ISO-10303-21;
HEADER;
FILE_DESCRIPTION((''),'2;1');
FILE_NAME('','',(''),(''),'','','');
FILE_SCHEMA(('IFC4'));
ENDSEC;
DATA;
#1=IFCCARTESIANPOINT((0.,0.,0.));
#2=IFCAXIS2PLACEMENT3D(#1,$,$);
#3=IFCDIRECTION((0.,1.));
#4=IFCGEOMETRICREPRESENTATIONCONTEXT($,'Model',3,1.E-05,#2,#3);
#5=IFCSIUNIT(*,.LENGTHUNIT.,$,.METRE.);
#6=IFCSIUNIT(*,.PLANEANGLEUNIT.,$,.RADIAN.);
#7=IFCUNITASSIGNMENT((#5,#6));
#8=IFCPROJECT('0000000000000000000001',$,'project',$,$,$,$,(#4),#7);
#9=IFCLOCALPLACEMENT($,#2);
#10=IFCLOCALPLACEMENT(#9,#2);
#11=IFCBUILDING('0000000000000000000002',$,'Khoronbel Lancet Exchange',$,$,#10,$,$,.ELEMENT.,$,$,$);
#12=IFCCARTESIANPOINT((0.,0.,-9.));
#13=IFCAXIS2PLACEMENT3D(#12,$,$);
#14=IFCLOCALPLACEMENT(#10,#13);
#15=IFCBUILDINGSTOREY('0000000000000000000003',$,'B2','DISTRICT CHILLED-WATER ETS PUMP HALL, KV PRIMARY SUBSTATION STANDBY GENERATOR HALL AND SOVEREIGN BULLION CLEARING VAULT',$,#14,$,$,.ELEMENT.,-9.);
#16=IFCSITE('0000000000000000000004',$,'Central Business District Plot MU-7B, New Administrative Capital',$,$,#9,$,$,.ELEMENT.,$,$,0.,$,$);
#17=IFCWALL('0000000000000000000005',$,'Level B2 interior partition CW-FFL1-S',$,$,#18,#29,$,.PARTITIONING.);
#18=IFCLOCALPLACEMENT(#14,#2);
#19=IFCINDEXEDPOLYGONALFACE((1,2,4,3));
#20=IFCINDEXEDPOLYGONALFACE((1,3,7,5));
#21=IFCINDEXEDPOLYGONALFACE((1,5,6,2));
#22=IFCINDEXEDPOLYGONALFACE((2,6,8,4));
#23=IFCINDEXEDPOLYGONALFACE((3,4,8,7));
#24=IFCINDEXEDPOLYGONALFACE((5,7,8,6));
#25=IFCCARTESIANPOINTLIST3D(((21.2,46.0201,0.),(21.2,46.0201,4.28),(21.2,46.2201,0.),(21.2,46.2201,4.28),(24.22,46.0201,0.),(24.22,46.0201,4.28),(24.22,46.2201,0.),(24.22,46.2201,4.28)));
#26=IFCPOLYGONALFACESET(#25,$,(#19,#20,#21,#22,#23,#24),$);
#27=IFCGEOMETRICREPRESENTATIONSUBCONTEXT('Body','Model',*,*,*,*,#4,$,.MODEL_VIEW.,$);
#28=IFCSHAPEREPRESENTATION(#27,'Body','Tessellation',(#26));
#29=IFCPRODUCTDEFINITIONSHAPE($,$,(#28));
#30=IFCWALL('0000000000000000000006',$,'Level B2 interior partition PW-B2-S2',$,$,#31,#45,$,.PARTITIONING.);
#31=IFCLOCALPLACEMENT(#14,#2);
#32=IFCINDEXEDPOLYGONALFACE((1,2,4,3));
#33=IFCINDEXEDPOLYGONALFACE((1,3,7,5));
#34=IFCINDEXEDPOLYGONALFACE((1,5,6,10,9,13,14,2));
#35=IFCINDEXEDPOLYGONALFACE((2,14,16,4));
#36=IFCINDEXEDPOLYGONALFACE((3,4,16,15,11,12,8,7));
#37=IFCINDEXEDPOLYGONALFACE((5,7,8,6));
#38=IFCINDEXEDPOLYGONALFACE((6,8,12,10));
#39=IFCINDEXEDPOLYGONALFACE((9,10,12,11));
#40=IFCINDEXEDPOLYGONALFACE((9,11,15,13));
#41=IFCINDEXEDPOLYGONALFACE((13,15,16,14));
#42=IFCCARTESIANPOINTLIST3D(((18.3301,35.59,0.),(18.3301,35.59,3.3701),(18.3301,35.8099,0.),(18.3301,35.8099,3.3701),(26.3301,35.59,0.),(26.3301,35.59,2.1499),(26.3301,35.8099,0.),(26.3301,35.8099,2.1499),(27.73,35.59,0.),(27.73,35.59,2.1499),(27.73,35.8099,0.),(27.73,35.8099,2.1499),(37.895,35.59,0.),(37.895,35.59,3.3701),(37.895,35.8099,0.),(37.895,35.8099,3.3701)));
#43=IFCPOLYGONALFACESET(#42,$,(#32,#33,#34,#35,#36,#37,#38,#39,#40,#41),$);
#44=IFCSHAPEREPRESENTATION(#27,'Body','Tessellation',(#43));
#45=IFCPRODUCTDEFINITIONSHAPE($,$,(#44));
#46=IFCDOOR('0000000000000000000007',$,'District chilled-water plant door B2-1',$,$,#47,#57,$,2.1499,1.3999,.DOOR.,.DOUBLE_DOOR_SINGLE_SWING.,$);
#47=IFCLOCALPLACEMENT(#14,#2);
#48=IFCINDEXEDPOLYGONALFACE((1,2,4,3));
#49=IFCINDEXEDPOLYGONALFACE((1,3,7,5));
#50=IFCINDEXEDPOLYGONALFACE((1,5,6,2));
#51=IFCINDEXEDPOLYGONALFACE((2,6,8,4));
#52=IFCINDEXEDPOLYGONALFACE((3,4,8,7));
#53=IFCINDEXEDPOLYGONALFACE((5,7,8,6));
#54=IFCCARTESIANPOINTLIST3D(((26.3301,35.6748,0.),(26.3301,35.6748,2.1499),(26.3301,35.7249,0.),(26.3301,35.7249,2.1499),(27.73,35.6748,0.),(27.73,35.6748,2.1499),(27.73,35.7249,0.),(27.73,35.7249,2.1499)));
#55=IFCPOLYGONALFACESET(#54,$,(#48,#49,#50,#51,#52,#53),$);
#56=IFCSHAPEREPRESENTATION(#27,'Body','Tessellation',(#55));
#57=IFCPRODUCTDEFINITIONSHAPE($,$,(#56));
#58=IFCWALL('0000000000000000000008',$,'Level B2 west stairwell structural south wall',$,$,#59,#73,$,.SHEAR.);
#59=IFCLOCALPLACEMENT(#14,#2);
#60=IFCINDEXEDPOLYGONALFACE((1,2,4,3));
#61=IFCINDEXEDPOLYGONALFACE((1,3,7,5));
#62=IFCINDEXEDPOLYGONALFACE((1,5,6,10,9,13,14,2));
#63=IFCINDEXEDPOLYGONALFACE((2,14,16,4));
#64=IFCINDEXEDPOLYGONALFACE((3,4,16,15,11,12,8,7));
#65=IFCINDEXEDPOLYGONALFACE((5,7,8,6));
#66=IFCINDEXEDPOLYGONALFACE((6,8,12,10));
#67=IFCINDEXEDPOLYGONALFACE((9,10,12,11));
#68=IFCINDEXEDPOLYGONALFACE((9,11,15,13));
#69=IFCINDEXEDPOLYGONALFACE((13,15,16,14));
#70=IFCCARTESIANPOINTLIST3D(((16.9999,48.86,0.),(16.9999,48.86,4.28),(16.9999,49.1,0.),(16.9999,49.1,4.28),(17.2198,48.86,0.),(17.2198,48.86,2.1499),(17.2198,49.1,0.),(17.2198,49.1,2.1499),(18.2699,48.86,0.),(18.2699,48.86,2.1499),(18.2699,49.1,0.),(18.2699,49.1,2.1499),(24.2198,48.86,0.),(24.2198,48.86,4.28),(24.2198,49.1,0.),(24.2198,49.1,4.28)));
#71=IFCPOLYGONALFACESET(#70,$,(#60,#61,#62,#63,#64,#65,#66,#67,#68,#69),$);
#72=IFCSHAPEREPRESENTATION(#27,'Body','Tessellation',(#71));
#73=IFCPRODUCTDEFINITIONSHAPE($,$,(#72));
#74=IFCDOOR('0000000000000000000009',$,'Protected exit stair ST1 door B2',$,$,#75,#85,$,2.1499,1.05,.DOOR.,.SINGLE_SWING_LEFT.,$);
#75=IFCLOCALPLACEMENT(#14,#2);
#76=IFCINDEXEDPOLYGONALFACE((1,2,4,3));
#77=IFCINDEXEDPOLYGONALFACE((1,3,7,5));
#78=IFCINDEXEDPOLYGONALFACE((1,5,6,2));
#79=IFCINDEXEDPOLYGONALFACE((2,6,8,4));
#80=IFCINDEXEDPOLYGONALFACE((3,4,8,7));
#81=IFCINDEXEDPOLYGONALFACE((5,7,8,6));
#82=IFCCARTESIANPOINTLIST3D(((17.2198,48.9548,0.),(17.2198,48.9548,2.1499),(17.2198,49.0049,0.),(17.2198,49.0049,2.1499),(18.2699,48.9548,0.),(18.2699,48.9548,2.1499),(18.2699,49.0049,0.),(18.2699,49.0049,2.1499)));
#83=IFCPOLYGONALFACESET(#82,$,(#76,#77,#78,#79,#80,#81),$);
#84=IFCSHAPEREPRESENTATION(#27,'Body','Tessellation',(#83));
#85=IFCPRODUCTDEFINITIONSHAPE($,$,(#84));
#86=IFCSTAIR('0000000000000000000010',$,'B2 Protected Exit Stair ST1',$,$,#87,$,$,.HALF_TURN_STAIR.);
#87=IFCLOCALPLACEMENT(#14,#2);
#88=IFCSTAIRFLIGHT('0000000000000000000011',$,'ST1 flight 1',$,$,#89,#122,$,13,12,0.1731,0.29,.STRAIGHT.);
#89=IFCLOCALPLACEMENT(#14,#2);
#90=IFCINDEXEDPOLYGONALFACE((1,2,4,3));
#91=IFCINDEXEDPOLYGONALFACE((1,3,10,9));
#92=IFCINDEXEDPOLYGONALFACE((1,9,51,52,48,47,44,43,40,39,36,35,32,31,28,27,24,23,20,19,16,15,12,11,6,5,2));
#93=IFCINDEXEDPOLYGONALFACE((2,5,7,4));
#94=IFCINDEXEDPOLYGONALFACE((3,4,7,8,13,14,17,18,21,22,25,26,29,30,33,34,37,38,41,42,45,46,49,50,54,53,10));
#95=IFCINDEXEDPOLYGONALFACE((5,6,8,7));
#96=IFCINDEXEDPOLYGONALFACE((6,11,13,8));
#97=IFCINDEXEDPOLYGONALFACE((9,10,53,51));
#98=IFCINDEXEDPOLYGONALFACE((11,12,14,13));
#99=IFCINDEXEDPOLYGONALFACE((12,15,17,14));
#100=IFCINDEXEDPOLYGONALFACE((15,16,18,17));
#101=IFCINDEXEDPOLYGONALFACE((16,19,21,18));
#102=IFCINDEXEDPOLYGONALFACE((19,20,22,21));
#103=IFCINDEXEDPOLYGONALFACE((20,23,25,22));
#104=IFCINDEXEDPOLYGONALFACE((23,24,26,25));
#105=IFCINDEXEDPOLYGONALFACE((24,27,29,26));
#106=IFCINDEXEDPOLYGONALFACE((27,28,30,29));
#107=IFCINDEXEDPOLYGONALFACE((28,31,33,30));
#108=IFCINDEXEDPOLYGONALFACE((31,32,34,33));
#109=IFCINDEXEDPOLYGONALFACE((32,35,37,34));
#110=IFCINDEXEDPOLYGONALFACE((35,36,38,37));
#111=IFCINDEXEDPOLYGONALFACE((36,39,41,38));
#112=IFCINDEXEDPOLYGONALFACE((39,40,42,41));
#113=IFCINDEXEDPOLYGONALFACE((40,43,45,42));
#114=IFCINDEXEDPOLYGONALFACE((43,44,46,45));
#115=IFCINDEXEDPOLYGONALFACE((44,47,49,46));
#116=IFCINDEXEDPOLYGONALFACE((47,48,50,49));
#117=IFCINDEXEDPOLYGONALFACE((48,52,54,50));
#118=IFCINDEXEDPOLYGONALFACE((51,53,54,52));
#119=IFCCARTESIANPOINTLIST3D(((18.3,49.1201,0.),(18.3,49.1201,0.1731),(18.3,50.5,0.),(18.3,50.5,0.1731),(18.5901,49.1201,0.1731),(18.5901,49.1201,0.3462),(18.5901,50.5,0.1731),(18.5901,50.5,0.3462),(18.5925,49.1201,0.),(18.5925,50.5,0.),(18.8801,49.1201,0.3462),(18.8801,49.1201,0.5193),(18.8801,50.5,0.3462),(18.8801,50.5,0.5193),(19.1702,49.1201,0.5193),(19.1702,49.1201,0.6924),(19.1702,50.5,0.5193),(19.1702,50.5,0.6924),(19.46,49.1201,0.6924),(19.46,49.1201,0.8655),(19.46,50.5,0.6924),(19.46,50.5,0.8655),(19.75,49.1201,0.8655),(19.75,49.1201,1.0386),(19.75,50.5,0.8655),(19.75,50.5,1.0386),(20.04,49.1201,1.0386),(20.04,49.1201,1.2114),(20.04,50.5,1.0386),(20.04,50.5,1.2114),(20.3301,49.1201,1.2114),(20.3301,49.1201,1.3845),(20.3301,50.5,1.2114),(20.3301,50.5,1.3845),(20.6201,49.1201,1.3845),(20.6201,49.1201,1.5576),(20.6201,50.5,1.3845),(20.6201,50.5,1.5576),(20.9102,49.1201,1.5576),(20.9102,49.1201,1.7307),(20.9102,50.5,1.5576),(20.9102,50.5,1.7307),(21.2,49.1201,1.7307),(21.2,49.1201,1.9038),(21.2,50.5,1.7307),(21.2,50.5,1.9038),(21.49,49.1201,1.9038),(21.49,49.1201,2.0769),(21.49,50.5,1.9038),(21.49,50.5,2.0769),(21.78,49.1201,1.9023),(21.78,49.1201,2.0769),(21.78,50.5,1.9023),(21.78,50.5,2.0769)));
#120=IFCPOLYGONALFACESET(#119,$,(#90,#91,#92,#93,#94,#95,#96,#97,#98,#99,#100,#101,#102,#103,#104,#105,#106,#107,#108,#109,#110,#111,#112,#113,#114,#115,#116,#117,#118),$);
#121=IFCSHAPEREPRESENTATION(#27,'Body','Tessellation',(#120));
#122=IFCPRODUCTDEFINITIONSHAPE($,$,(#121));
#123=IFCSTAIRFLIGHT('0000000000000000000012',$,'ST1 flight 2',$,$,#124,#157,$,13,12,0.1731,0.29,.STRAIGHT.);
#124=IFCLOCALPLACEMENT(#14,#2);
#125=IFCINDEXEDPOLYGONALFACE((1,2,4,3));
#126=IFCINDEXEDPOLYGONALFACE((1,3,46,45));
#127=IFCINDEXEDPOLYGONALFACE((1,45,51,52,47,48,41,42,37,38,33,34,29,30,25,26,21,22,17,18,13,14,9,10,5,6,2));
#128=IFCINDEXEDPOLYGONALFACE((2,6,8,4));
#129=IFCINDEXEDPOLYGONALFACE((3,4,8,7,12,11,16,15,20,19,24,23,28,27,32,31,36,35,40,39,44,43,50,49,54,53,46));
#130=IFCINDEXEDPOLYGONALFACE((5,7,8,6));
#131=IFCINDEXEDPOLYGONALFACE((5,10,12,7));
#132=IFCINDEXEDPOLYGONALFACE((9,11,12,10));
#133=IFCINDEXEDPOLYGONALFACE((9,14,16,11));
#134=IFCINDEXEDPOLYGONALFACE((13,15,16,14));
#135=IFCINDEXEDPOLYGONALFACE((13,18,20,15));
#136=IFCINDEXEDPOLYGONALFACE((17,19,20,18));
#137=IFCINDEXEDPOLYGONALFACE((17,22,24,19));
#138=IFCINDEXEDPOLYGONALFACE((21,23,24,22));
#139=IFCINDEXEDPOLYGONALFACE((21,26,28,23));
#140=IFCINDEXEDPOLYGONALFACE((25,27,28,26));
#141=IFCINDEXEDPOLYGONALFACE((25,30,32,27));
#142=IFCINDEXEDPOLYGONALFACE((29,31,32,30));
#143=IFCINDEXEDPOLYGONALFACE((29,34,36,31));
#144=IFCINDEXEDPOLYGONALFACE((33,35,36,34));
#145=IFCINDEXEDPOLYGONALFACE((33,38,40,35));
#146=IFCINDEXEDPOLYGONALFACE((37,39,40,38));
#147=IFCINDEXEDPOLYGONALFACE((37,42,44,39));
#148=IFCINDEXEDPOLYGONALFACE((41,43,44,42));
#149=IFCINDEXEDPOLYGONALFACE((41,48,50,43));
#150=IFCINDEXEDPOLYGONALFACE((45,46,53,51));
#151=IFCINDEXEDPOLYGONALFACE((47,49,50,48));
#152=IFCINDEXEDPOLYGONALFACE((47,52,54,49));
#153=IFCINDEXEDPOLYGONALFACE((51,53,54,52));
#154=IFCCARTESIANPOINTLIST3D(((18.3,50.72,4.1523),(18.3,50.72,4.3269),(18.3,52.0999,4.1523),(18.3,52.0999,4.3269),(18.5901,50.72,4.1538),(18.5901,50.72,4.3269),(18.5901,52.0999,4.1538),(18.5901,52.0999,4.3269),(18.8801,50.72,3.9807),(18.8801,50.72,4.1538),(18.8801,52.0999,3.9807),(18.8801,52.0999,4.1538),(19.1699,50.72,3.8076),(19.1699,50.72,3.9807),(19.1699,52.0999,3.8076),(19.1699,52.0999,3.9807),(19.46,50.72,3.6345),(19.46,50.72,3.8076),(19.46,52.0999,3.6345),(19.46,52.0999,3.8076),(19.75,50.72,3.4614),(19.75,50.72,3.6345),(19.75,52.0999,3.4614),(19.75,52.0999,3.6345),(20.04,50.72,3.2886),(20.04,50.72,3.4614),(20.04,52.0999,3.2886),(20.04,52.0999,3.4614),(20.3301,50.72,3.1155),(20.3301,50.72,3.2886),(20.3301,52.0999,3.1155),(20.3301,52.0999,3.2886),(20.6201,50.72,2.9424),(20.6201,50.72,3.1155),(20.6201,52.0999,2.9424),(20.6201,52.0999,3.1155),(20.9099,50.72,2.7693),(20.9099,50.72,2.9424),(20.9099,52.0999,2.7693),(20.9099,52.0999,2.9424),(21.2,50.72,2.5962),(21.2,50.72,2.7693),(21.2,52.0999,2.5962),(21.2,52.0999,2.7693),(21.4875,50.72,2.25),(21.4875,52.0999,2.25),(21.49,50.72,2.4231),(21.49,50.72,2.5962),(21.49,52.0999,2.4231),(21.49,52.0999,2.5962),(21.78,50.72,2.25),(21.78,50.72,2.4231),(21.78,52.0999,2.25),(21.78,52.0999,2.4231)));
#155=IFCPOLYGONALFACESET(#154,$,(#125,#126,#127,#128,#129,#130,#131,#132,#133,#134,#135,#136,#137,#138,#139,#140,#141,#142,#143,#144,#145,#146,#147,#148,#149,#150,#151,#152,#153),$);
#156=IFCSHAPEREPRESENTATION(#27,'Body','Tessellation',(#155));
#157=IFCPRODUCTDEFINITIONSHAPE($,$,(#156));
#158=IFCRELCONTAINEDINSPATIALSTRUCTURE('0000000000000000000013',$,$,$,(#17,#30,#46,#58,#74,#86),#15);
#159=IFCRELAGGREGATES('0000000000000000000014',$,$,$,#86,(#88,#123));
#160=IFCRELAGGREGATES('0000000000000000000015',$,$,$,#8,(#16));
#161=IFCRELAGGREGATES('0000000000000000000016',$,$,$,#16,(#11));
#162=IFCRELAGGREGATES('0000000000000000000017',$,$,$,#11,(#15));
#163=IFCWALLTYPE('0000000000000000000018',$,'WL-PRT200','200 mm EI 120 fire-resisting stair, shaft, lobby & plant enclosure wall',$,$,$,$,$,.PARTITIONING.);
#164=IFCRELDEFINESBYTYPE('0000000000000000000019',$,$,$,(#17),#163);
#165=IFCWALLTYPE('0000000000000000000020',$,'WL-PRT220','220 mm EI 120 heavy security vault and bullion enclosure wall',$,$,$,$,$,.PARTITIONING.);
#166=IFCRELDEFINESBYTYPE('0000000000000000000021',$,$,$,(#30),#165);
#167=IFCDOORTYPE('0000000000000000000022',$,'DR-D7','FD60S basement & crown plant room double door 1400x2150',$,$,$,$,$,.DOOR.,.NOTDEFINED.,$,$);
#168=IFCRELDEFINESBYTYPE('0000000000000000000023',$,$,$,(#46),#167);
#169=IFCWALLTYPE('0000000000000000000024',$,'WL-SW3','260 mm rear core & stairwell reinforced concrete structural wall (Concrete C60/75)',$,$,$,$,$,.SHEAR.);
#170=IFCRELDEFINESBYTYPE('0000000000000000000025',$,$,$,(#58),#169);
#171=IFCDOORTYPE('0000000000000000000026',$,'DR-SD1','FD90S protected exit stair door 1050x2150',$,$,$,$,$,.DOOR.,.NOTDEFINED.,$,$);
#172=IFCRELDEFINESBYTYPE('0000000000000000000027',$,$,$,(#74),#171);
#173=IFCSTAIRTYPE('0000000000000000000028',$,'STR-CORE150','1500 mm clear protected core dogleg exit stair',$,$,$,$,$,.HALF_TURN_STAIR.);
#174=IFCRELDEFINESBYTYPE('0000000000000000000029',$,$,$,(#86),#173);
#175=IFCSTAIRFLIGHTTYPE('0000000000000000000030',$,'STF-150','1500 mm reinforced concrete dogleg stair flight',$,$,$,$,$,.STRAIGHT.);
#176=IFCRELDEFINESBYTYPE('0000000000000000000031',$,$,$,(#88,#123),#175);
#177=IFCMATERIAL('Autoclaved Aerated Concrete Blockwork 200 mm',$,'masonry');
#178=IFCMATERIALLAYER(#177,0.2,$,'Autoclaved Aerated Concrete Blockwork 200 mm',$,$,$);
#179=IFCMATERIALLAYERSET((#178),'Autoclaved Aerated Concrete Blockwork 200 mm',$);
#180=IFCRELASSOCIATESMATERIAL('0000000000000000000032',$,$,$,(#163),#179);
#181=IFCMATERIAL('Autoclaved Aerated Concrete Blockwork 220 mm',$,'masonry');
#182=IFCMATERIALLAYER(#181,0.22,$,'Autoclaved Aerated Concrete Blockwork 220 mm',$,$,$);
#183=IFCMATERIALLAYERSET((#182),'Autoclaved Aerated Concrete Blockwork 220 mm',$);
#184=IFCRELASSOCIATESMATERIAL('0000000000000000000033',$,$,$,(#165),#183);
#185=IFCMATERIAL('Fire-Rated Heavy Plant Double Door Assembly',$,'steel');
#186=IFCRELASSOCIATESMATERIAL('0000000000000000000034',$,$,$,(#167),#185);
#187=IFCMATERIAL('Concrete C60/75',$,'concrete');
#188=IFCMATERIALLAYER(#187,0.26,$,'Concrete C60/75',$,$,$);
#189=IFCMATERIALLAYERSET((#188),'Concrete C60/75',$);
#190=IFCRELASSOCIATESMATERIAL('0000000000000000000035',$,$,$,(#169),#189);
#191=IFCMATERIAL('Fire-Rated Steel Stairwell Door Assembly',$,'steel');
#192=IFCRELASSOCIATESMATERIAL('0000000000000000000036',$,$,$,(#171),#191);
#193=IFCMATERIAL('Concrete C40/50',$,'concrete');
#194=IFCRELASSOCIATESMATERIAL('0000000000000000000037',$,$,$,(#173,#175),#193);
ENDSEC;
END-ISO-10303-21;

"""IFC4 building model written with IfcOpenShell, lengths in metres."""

from ifc_helpers import new_model, si_unit, direction, frame, frame_2d, origin, place, context, subcontext, project, spatial, polyline, rectangle, outline, extrude, material, layer, layer_set, type_object, element, fill, aggregate, save


model = new_model("IFC4")

# Units and contexts
model_context = context("Model", 3, precision=1e-05, world=origin(), true_north=direction((0.0, 1.0)))
body_context = subcontext(model_context, "Body", "Model", "MODEL_VIEW")
ifc_project = project(units=[si_unit("LENGTHUNIT", "METRE"), si_unit("PLANEANGLEUNIT", "RADIAN")], contexts=[model_context])

# Site, building, storey
site_placement = place(None, origin())
site = spatial("IfcSite", under=ifc_project, at=site_placement, Name="Central Business District Plot MU-7B, New Administrative Capital", CompositionType="ELEMENT", RefElevation=0.0)
building_placement = place(site_placement, origin())
building = spatial("IfcBuilding", under=site, at=building_placement, Name="Khoronbel Lancet Exchange", CompositionType="ELEMENT")
storey_placement = place(building_placement, frame((0.0, 0.0, -9.0)))
storey = spatial("IfcBuildingStorey", under=building, at=storey_placement, Name="B2", Description="DISTRICT CHILLED-WATER ETS PUMP HALL, KV PRIMARY SUBSTATION STANDBY GENERATOR HALL AND SOVEREIGN BULLION CLEARING VAULT", CompositionType="ELEMENT", Elevation=-9.0)

# Wall
ifc_material_1 = material(Name="Autoclaved Aerated Concrete Blockwork 200 mm", Category="masonry")
ifc_layer_1 = layer(ifc_material_1, 0.2, Name="Autoclaved Aerated Concrete Blockwork 200 mm")
ifc_layer_set_1 = layer_set([ifc_layer_1], Name="Autoclaved Aerated Concrete Blockwork 200 mm")
wall_type_1 = type_object("IfcWallType", Name="WL-PRT200", Description="200 mm EI 120 fire-resisting stair, shaft, lobby & plant enclosure wall", PredefinedType="PARTITIONING", material=ifc_layer_set_1)
wall_1_placement = place(storey_placement, frame((21.2, 46.1201, 0.0), z_axis=(0.0, 0.0, 1.0), x_axis=(1.0, 0.0, 0.0)))
element("IfcWall", 1, at=wall_1_placement, inside=storey, type_object=wall_type_1, Name="Level B2 interior partition CW-FFL1-S", PredefinedType="PARTITIONING", context=body_context, shape_type="SweptSolid", body=[
    extrude(rectangle(XDim=3.02, YDim=0.2, at=frame_2d((1.51, 0.0))), origin(), (0.0, 0.0, 1.0), 4.28),
])

# Walls, openings, doors
ifc_material_2 = material(Name="Autoclaved Aerated Concrete Blockwork 220 mm", Category="masonry")
ifc_layer_2 = layer(ifc_material_2, 0.22, Name="Autoclaved Aerated Concrete Blockwork 220 mm")
ifc_layer_set_2 = layer_set([ifc_layer_2], Name="Autoclaved Aerated Concrete Blockwork 220 mm")
wall_type_2 = type_object("IfcWallType", Name="WL-PRT220", Description="220 mm EI 120 heavy security vault and bullion enclosure wall", PredefinedType="PARTITIONING", material=ifc_layer_set_2)
wall_2_placement = place(storey_placement, frame((18.3301, 35.7, 0.0), z_axis=(0.0, 0.0, 1.0), x_axis=(1.0, 0.0, 0.0)))
wall_2 = element("IfcWall", 2, at=wall_2_placement, inside=storey, type_object=wall_type_2, Name="Level B2 interior partition PW-B2-S2", PredefinedType="PARTITIONING", context=body_context, shape_type="SweptSolid", body=[
    extrude(rectangle(XDim=19.5649, YDim=0.22, at=frame_2d((9.7825, 0.0))), origin(), (0.0, 0.0, 1.0), 3.3701),
])
opening_1_placement = place(wall_2_placement, frame((8.0, 0.0, 0.0)))
opening_1 = element("IfcOpeningElement", 3, at=opening_1_placement, cuts=wall_2, PredefinedType="OPENING", context=body_context, shape_type="SweptSolid", body=[
    extrude(rectangle(XDim=1.3999, YDim=2.1499, at=frame_2d((0.7, 1.075))), frame((0.0, 0.1201, 0.0), z_axis=(0.0, -1.0, 0.0), x_axis=(1.0, 0.0, 0.0)), (0.0, 0.0, 1.0), 0.24),
])
ifc_material_3 = material(Name="Fire-Rated Heavy Plant Double Door Assembly", Category="steel")
door_type_1 = type_object("IfcDoorType", Name="DR-D7", Description="FD60S basement & crown plant room double door 1400x2150", OperationType="NOTDEFINED", PredefinedType="DOOR", material=ifc_material_3)
door_1_placement = place(opening_1_placement, origin())
door_1 = element("IfcDoor", 4, at=door_1_placement, inside=storey, type_object=door_type_1, Name="District chilled-water plant door B2-1", OperationType="DOUBLE_DOOR_SINGLE_SWING", OverallHeight=2.1499, OverallWidth=1.3999, PredefinedType="DOOR", context=body_context, shape_type="SweptSolid", body=[
    extrude(rectangle(XDim=1.3999, YDim=2.1499, at=frame_2d((0.7, 1.075))), frame((0.0, 0.0249, 0.0), z_axis=(0.0, -1.0, 0.0), x_axis=(1.0, 0.0, 0.0)), (0.0, 0.0, 1.0), 0.05),
])
fill(opening_1, door_1)
ifc_material_4 = material(Name="Concrete C60/75", Category="concrete")
ifc_layer_3 = layer(ifc_material_4, 0.26, Name="Concrete C60/75")
ifc_layer_set_3 = layer_set([ifc_layer_3], Name="Concrete C60/75")
wall_type_3 = type_object("IfcWallType", Name="WL-SW3", Description="260 mm rear core & stairwell reinforced concrete structural wall (Concrete C60/75)", PredefinedType="SHEAR", material=ifc_layer_set_3)
wall_3_placement = place(storey_placement, frame((17.0, 48.98, 0.0), z_axis=(0.0, 0.0, 1.0), x_axis=(1.0, 0.0, 0.0)))
wall_3 = element("IfcWall", 5, at=wall_3_placement, inside=storey, type_object=wall_type_3, Name="Level B2 west stairwell structural south wall", PredefinedType="SHEAR", context=body_context, shape_type="SweptSolid", body=[
    extrude(rectangle(XDim=7.22, YDim=0.24, at=frame_2d((3.6099, 0.0))), origin(), (0.0, 0.0, 1.0), 4.28),
])
opening_2_placement = place(wall_3_placement, frame((0.22, 0.0, 0.0)))
opening_2 = element("IfcOpeningElement", 6, at=opening_2_placement, cuts=wall_3, PredefinedType="OPENING", context=body_context, shape_type="SweptSolid", body=[
    extrude(rectangle(XDim=1.05, YDim=2.1499, at=frame_2d((0.5249, 1.075))), frame((0.0, 0.1299, 0.0), z_axis=(0.0, -1.0, 0.0), x_axis=(1.0, 0.0, 0.0)), (0.0, 0.0, 1.0), 0.26),
])
ifc_material_5 = material(Name="Fire-Rated Steel Stairwell Door Assembly", Category="steel")
door_type_2 = type_object("IfcDoorType", Name="DR-SD1", Description="FD90S protected exit stair door 1050x2150", OperationType="NOTDEFINED", PredefinedType="DOOR", material=ifc_material_5)
door_2_placement = place(opening_2_placement, origin())
door_2 = element("IfcDoor", 7, at=door_2_placement, inside=storey, type_object=door_type_2, Name="Protected exit stair ST1 door B2", OperationType="SINGLE_SWING_LEFT", OverallHeight=2.1499, OverallWidth=1.05, PredefinedType="DOOR", context=body_context, shape_type="SweptSolid", body=[
    extrude(rectangle(XDim=1.05, YDim=2.1499, at=frame_2d((0.5249, 1.075))), frame((0.0, 0.0249, 0.0), z_axis=(0.0, -1.0, 0.0), x_axis=(1.0, 0.0, 0.0)), (0.0, 0.0, 1.0), 0.05),
])
fill(opening_2, door_2)

# Stair, stair flights
ifc_material_6 = material(Name="Concrete C40/50", Category="concrete")
stair_type = type_object("IfcStairType", Name="STR-CORE150", Description="1500 mm clear protected core dogleg exit stair", PredefinedType="HALF_TURN_STAIR", material=ifc_material_6)
stair_placement = place(storey_placement, origin())
stair = element("IfcStair", 8, at=stair_placement, inside=storey, type_object=stair_type, Name="B2 Protected Exit Stair ST1", PredefinedType="HALF_TURN_STAIR")
stair_flight_type = type_object("IfcStairFlightType", Name="STF-150", Description="1500 mm reinforced concrete dogleg stair flight", PredefinedType="STRAIGHT", material=ifc_material_6)
stair_flight_1_placement = place(storey_placement, frame((18.3, 49.8101, 0.0), z_axis=(0.0, 0.0, 1.0), x_axis=(1.0, 0.0, 0.0)))
stair_flight_1 = element("IfcStairFlight", 9, at=stair_flight_1_placement, type_object=stair_flight_type, Name="ST1 flight 1", NumberOfRisers=13, NumberOfTreads=12, PredefinedType="STRAIGHT", RiserHeight=0.1731, TreadLength=0.29, context=body_context, shape_type="SweptSolid", body=[
    extrude(outline(polyline([(0.0, 0.0), (0.0, 0.1731), (0.29, 0.1731), (0.29, 0.3462), (0.5801, 0.3462), (0.5801, 0.5193), (0.8701, 0.5193), (0.8701, 0.6924), (1.1599, 0.6924), (1.1599, 0.8655), (1.45, 0.8655), (1.45, 1.0386), (1.74, 1.0386), (1.74, 1.2114), (2.03, 1.2114), (2.03, 1.3845), (2.3201, 1.3845), (2.3201, 1.5576), (2.6101, 1.5576), (2.6101, 1.7307), (2.8999, 1.7307), (2.8999, 1.9038), (3.1899, 1.9038), (3.1899, 2.0769), (3.48, 2.0769), (3.48, 2.25), (3.48, 1.9023), (0.2925, 0.0), (0.0, 0.0)])), frame((0.0, 0.6899, 0.0), z_axis=(0.0, -1.0, 0.0), x_axis=(1.0, 0.0, 0.0)), (0.0, 0.0, 1.0), 1.3799),
])
stair_flight_2_placement = place(storey_placement, frame((21.78, 51.4099, 2.25), z_axis=(0.0, 0.0, 1.0), x_axis=(-1.0, 0.0, 0.0)))
stair_flight_2 = element("IfcStairFlight", 10, at=stair_flight_2_placement, type_object=stair_flight_type, Name="ST1 flight 2", NumberOfRisers=13, NumberOfTreads=12, PredefinedType="STRAIGHT", RiserHeight=0.1731, TreadLength=0.29, context=body_context, shape_type="SweptSolid", body=[
    extrude(outline(polyline([(0.0, 0.0), (0.0, 0.1731), (0.29, 0.1731), (0.29, 0.3462), (0.5801, 0.3462), (0.5801, 0.5193), (0.8701, 0.5193), (0.8701, 0.6924), (1.1599, 0.6924), (1.1599, 0.8655), (1.45, 0.8655), (1.45, 1.0386), (1.74, 1.0386), (1.74, 1.2114), (2.03, 1.2114), (2.03, 1.3845), (2.3201, 1.3845), (2.3201, 1.5576), (2.6101, 1.5576), (2.6101, 1.7307), (2.8999, 1.7307), (2.8999, 1.9038), (3.1899, 1.9038), (3.1899, 2.0769), (3.48, 2.0769), (3.48, 2.25), (3.48, 1.9023), (0.2925, 0.0), (0.0, 0.0)])), frame((0.0, 0.6899, 0.0), z_axis=(0.0, -1.0, 0.0), x_axis=(1.0, 0.0, 0.0)), (0.0, 0.0, 1.0), 1.3799),
])
aggregate(stair, [stair_flight_1, stair_flight_2])

save(model, "model.ifc")
